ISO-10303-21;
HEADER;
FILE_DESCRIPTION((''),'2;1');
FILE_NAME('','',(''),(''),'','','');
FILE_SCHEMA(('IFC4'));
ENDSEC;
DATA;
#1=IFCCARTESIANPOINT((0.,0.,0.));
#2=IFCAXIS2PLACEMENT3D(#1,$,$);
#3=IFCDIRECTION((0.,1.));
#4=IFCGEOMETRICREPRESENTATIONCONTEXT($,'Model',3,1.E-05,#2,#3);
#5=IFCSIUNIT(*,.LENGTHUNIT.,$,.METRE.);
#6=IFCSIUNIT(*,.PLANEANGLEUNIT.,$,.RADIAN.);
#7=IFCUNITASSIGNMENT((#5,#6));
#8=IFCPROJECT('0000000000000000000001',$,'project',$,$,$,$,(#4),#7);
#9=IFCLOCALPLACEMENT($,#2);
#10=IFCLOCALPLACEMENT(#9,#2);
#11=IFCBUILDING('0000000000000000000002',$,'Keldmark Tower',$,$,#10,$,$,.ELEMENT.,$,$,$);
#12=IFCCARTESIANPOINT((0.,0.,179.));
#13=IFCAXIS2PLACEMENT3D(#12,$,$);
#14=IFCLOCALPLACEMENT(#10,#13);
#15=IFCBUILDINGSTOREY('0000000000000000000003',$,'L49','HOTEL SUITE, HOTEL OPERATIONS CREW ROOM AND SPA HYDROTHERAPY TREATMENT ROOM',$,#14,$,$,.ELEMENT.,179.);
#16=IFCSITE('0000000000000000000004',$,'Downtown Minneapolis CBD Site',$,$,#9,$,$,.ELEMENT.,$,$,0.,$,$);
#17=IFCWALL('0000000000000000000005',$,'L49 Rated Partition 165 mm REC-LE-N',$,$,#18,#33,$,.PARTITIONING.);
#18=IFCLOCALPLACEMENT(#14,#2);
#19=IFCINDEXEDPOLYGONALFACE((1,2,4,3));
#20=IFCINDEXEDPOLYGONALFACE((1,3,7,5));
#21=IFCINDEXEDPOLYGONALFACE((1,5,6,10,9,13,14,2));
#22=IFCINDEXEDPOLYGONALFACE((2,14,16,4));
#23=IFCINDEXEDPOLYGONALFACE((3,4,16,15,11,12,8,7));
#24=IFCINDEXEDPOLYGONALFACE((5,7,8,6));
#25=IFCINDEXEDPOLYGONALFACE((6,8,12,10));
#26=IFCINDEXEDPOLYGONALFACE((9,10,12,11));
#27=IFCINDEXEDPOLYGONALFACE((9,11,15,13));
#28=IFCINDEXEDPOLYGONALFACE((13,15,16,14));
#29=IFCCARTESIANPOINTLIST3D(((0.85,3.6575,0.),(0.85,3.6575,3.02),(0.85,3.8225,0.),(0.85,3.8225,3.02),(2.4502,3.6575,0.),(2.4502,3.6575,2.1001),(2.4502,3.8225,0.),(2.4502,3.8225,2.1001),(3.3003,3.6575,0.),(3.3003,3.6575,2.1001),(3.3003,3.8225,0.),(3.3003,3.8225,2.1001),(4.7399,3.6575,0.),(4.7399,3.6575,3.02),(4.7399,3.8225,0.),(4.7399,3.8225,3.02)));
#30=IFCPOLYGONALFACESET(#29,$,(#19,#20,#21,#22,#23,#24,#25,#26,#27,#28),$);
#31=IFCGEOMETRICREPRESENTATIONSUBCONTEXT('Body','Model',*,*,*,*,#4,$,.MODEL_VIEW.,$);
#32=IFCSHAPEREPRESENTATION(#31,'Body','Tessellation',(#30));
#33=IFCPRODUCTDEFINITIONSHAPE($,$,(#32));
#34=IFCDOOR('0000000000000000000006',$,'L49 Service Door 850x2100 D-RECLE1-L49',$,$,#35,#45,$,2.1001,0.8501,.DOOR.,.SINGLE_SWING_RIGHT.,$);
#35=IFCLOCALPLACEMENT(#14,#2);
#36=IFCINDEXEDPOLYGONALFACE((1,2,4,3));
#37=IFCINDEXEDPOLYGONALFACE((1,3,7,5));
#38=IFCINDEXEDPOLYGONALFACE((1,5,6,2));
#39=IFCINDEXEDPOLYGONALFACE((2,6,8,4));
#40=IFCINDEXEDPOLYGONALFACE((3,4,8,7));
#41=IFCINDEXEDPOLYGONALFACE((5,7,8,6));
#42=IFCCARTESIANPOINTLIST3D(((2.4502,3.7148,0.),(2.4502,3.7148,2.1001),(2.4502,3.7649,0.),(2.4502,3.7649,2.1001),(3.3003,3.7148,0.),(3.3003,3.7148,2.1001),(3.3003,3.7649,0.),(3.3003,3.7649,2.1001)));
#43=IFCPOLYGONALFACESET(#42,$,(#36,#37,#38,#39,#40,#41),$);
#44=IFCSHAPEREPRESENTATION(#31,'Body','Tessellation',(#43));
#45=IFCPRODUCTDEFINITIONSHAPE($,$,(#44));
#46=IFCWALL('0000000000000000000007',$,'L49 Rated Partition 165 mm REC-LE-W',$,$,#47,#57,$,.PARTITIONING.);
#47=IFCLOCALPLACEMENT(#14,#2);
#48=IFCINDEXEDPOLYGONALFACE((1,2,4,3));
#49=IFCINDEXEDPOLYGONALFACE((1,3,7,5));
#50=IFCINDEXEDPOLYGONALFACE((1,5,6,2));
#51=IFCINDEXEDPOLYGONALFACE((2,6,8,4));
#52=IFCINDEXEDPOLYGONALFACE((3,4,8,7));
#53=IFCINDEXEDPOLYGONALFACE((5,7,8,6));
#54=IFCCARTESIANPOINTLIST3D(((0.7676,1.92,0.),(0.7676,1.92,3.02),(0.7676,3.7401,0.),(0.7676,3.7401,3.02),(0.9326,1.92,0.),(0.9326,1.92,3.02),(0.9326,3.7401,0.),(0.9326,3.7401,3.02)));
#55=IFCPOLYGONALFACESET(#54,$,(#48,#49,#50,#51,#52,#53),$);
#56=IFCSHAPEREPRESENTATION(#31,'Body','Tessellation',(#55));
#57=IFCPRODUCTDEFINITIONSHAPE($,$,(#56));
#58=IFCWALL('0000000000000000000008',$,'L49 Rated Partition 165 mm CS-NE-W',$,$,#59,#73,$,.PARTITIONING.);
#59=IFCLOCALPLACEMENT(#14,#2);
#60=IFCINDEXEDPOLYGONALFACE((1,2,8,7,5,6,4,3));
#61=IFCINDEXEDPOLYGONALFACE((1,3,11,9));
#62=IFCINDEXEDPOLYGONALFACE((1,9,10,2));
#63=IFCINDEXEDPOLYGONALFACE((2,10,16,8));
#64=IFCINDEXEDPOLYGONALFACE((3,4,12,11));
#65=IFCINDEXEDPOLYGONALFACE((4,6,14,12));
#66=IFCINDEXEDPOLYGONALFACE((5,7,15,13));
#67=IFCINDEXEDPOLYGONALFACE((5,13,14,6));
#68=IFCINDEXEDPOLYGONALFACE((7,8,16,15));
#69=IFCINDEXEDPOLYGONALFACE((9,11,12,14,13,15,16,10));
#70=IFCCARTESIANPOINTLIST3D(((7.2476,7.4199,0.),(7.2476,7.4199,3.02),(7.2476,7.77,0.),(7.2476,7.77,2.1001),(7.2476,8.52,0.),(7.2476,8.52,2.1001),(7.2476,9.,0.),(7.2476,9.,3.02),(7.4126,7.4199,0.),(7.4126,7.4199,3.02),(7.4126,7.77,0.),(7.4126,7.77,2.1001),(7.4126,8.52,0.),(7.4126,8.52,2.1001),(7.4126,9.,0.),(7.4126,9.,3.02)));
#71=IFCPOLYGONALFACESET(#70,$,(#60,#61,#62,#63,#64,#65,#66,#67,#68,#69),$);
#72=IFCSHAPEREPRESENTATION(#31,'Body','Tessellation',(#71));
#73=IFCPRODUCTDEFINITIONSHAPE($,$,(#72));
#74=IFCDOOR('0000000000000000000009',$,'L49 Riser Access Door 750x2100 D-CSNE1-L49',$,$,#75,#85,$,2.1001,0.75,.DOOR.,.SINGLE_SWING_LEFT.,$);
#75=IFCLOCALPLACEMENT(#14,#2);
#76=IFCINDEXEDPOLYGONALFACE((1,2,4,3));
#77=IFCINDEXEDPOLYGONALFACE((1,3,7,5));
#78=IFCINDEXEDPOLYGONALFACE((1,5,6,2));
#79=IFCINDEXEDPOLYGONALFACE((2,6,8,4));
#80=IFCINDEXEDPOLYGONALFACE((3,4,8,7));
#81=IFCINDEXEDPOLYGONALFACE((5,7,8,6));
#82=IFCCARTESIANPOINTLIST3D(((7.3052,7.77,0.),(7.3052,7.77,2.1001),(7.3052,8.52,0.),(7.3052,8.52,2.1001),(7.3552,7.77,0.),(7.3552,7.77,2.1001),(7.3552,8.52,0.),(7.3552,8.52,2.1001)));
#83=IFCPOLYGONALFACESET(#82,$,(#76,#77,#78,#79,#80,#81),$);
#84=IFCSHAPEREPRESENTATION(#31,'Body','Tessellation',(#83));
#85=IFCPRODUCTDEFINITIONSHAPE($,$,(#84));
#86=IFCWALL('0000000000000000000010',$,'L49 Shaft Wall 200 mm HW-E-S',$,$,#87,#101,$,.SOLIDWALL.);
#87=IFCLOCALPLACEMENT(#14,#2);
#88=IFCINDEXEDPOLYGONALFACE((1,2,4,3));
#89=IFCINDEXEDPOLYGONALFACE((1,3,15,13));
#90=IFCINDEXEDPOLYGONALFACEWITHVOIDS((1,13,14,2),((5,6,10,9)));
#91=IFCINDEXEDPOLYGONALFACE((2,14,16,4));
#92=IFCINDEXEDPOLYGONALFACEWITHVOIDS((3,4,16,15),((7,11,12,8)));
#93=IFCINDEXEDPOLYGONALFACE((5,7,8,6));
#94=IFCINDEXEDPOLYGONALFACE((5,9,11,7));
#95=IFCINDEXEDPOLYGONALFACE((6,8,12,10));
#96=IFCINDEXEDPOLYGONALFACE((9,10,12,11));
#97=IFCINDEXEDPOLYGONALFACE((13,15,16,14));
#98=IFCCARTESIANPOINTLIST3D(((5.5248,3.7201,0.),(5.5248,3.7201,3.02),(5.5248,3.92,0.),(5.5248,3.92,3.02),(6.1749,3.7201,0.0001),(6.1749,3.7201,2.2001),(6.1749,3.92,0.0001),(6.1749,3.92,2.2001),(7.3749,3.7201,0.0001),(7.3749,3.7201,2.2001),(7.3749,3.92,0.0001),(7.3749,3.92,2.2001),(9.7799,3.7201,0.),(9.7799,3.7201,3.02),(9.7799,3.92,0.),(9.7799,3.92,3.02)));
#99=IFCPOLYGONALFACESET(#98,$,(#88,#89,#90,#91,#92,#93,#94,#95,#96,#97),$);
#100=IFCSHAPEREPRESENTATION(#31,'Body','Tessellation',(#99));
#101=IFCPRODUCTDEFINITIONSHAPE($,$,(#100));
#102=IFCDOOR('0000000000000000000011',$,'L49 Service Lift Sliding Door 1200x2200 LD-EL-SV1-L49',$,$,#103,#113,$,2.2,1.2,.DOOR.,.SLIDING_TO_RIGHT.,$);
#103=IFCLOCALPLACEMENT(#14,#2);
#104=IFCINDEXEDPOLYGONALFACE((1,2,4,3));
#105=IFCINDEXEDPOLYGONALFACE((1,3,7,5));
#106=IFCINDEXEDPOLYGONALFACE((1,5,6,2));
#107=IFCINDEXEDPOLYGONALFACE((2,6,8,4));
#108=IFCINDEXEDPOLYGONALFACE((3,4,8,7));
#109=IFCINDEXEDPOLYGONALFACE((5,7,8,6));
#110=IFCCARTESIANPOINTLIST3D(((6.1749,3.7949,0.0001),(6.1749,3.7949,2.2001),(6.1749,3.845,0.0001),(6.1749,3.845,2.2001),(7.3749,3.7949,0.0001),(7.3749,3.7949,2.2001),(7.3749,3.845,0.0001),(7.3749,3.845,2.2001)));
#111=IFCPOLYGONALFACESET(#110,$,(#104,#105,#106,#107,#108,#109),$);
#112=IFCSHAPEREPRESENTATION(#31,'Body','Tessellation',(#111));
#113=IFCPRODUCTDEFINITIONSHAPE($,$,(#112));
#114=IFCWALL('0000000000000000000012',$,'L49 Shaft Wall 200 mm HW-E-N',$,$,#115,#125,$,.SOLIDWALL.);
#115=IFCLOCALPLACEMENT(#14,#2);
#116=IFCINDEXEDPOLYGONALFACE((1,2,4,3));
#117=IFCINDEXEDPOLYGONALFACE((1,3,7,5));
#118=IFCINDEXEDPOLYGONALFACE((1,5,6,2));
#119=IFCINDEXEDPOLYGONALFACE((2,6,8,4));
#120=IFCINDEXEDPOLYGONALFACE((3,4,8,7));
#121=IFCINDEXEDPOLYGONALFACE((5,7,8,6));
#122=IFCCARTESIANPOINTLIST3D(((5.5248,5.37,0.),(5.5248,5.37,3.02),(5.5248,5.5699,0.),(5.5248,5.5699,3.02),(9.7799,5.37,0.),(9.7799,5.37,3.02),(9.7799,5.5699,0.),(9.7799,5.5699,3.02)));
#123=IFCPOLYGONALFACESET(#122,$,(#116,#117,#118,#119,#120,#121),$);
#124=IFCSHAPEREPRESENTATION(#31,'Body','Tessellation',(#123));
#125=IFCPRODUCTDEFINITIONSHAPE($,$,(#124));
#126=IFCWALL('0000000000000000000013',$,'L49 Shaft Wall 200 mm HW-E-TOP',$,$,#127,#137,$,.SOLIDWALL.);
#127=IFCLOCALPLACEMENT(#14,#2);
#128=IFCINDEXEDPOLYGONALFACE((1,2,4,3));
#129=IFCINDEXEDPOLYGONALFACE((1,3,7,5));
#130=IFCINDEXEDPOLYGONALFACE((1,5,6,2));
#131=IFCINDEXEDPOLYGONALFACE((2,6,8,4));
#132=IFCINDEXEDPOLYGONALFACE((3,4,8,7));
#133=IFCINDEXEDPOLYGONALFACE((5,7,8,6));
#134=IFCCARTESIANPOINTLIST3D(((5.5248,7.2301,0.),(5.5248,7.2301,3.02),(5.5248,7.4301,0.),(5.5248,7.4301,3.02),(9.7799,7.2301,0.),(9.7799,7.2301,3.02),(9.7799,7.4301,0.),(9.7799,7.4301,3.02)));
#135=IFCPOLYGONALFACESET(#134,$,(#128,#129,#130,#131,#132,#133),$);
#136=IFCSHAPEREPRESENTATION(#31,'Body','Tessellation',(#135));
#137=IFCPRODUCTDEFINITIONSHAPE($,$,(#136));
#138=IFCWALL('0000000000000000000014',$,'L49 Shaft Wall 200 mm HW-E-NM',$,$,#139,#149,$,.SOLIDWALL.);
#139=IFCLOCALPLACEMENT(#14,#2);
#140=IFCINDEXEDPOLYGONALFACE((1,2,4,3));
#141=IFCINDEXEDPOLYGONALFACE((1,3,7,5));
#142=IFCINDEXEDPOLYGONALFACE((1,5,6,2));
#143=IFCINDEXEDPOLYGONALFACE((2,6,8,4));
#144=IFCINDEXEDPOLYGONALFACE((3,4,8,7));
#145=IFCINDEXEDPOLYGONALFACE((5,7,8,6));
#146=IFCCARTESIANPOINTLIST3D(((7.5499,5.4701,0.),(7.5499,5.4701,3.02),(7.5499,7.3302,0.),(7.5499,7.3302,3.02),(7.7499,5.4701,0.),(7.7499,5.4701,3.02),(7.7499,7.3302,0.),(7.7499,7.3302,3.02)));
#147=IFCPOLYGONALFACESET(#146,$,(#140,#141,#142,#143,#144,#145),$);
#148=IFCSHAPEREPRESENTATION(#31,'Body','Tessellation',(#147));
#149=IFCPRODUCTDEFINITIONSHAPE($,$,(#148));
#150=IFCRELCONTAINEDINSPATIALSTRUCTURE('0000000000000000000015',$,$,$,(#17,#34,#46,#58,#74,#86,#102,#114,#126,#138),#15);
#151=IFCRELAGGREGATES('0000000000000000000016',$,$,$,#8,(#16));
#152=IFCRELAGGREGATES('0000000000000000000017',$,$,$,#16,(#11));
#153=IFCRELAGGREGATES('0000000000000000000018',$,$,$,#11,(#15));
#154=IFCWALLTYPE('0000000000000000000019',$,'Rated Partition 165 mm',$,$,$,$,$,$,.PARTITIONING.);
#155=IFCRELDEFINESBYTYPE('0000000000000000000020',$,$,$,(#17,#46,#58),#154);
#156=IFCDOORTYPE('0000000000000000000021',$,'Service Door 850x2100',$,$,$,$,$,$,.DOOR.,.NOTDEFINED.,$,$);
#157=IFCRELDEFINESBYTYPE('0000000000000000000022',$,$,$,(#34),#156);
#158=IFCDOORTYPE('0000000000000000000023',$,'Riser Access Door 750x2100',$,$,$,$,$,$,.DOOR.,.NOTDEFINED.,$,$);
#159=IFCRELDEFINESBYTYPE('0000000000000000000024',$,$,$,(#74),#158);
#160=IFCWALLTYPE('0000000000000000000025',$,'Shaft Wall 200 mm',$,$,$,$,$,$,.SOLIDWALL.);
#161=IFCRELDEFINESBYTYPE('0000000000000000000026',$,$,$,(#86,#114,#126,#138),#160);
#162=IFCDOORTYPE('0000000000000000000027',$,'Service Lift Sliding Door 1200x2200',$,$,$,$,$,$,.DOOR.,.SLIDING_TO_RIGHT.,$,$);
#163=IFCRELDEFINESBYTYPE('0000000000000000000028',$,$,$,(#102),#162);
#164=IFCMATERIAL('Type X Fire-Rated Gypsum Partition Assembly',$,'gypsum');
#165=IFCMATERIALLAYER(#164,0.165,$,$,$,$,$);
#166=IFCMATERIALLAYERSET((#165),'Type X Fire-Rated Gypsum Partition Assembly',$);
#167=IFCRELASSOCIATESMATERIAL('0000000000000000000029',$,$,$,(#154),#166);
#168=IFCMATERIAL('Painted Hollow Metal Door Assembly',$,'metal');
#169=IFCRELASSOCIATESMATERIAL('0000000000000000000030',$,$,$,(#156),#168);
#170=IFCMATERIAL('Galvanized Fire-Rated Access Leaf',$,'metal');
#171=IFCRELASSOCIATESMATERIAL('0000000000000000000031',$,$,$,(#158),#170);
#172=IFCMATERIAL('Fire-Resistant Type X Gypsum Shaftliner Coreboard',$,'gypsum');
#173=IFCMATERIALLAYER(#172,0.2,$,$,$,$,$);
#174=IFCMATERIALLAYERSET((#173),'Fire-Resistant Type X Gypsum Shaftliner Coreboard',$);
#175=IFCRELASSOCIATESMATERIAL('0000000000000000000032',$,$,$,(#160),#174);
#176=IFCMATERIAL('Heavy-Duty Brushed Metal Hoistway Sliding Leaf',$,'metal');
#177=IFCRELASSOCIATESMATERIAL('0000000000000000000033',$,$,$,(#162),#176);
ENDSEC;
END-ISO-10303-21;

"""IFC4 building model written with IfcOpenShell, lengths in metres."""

from ifc_helpers import new_model, si_unit, direction, frame, frame_2d, origin, place, context, subcontext, project, spatial, rectangle, extrude, material, layer, layer_set, type_object, element, fill, save


model = new_model("IFC4")

# Units and contexts
model_context = context("Model", 3, precision=1e-05, world=origin(), true_north=direction((0.0, 1.0)))
body_context = subcontext(model_context, "Body", "Model", "MODEL_VIEW")
ifc_project = project(units=[si_unit("LENGTHUNIT", "METRE"), si_unit("PLANEANGLEUNIT", "RADIAN")], contexts=[model_context])

# Site, building, storey
site_placement = place(None, origin())
site = spatial("IfcSite", under=ifc_project, at=site_placement, Name="Downtown Minneapolis CBD Site", CompositionType="ELEMENT", RefElevation=0.0)
building_placement = place(site_placement, origin())
building = spatial("IfcBuilding", under=site, at=building_placement, Name="Keldmark Tower", CompositionType="ELEMENT")
storey_placement = place(building_placement, frame((0.0, 0.0, 179.0)))
storey = spatial("IfcBuildingStorey", under=building, at=storey_placement, Name="L49", Description="HOTEL SUITE, HOTEL OPERATIONS CREW ROOM AND SPA HYDROTHERAPY TREATMENT ROOM", CompositionType="ELEMENT", Elevation=179.0)

# Shared definitions
ifc_material_1 = material(Name="Type X Fire-Rated Gypsum Partition Assembly", Category="gypsum")
ifc_layer_1 = layer(ifc_material_1, 0.165)
ifc_layer_set_1 = layer_set([ifc_layer_1], Name="Type X Fire-Rated Gypsum Partition Assembly")
wall_type_1 = type_object("IfcWallType", Name="Rated Partition 165 mm", PredefinedType="PARTITIONING", material=ifc_layer_set_1)

# Wall, opening, door
wall_1_placement = place(storey_placement, frame((0.8501, 3.74, 0.0), z_axis=(0.0, 0.0, 1.0), x_axis=(1.0, 0.0, 0.0)))
wall_1 = element("IfcWall", 1, at=wall_1_placement, inside=storey, type_object=wall_type_1, Name="L49 Rated Partition 165 mm REC-LE-N", PredefinedType="PARTITIONING", context=body_context, shape_type="SweptSolid", body=[
    extrude(rectangle(XDim=3.8899, YDim=0.165, at=frame_2d((1.9448, 0.0))), origin(), (0.0, 0.0, 1.0), 3.02),
])
opening_1_placement = place(wall_1_placement, frame((1.6001, 0.0, 0.0)))
opening_1 = element("IfcOpeningElement", 2, at=opening_1_placement, cuts=wall_1, PredefinedType="OPENING", context=body_context, shape_type="SweptSolid", body=[
    extrude(rectangle(XDim=0.8501, YDim=2.1001, at=frame_2d((0.425, 1.05))), frame((0.0, 0.0925, 0.0), z_axis=(0.0, -1.0, 0.0), x_axis=(1.0, 0.0, 0.0)), (0.0, 0.0, 1.0), 0.1851),
])
ifc_material_2 = material(Name="Painted Hollow Metal Door Assembly", Category="metal")
door_type_1 = type_object("IfcDoorType", Name="Service Door 850x2100", OperationType="NOTDEFINED", PredefinedType="DOOR", material=ifc_material_2)
door_1_placement = place(opening_1_placement, origin())
door_1 = element("IfcDoor", 3, at=door_1_placement, inside=storey, type_object=door_type_1, Name="L49 Service Door 850x2100 D-RECLE1-L49", OperationType="SINGLE_SWING_RIGHT", OverallHeight=2.1001, OverallWidth=0.8501, PredefinedType="DOOR", context=body_context, shape_type="SweptSolid", body=[
    extrude(rectangle(XDim=0.8501, YDim=2.1001, at=frame_2d((0.425, 1.05))), frame((0.0, 0.0249, 0.0), z_axis=(0.0, -1.0, 0.0), x_axis=(1.0, 0.0, 0.0)), (0.0, 0.0, 1.0), 0.05),
])
fill(opening_1, door_1)

# Wall
wall_2_placement = place(storey_placement, frame((0.8501, 1.9199, 0.0), z_axis=(0.0, 0.0, 1.0), x_axis=(0.0, 1.0, 0.0)))
element("IfcWall", 4, at=wall_2_placement, inside=storey, type_object=wall_type_1, Name="L49 Rated Partition 165 mm REC-LE-W", PredefinedType="PARTITIONING", context=body_context, shape_type="SweptSolid", body=[
    extrude(rectangle(XDim=1.8201, YDim=0.165, at=frame_2d((0.9102, 0.0))), origin(), (0.0, 0.0, 1.0), 3.02),
])

# Walls, openings, doors
wall_3_placement = place(storey_placement, frame((7.3301, 7.4199, 0.0), z_axis=(0.0, 0.0, 1.0), x_axis=(0.0, 1.0, 0.0)))
wall_3 = element("IfcWall", 5, at=wall_3_placement, inside=storey, type_object=wall_type_1, Name="L49 Rated Partition 165 mm CS-NE-W", PredefinedType="PARTITIONING", context=body_context, shape_type="SweptSolid", body=[
    extrude(rectangle(XDim=1.5801, YDim=0.165, at=frame_2d((0.79, 0.0))), origin(), (0.0, 0.0, 1.0), 3.02),
])
opening_2_placement = place(wall_3_placement, frame((0.3501, 0.0, 0.0)))
opening_2 = element("IfcOpeningElement", 6, at=opening_2_placement, cuts=wall_3, PredefinedType="OPENING", context=body_context, shape_type="SweptSolid", body=[
    extrude(rectangle(XDim=0.75, YDim=2.1001, at=frame_2d((0.375, 1.05))), frame((0.0, 0.0925, 0.0), z_axis=(0.0, -1.0, 0.0), x_axis=(1.0, 0.0, 0.0)), (0.0, 0.0, 1.0), 0.1851),
])
ifc_material_3 = material(Name="Galvanized Fire-Rated Access Leaf", Category="metal")
door_type_2 = type_object("IfcDoorType", Name="Riser Access Door 750x2100", OperationType="NOTDEFINED", PredefinedType="DOOR", material=ifc_material_3)
door_2_placement = place(opening_2_placement, origin())
door_2 = element("IfcDoor", 7, at=door_2_placement, inside=storey, type_object=door_type_2, Name="L49 Riser Access Door 750x2100 D-CSNE1-L49", OperationType="SINGLE_SWING_LEFT", OverallHeight=2.1001, OverallWidth=0.75, PredefinedType="DOOR", context=body_context, shape_type="SweptSolid", body=[
    extrude(rectangle(XDim=0.75, YDim=2.1001, at=frame_2d((0.375, 1.05))), frame((0.0, 0.0249, 0.0), z_axis=(0.0, -1.0, 0.0), x_axis=(1.0, 0.0, 0.0)), (0.0, 0.0, 1.0), 0.05),
])
fill(opening_2, door_2)
ifc_material_4 = material(Name="Fire-Resistant Type X Gypsum Shaftliner Coreboard", Category="gypsum")
ifc_layer_2 = layer(ifc_material_4, 0.2)
ifc_layer_set_2 = layer_set([ifc_layer_2], Name="Fire-Resistant Type X Gypsum Shaftliner Coreboard")
wall_type_2 = type_object("IfcWallType", Name="Shaft Wall 200 mm", PredefinedType="SOLIDWALL", material=ifc_layer_set_2)
wall_4_placement = place(storey_placement, frame((5.5249, 3.8201, 0.0), z_axis=(0.0, 0.0, 1.0), x_axis=(1.0, 0.0, 0.0)))
wall_4 = element("IfcWall", 8, at=wall_4_placement, inside=storey, type_object=wall_type_2, Name="L49 Shaft Wall 200 mm HW-E-S", PredefinedType="SOLIDWALL", context=body_context, shape_type="SweptSolid", body=[
    extrude(rectangle(XDim=4.2551, YDim=0.2, at=frame_2d((2.1274, 0.0))), origin(), (0.0, 0.0, 1.0), 3.02),
])
opening_3_placement = place(wall_4_placement, frame((0.6499, 0.0, 0.0)))
opening_3 = element("IfcOpeningElement", 9, at=opening_3_placement, cuts=wall_4, PredefinedType="OPENING", context=body_context, shape_type="SweptSolid", body=[
    extrude(rectangle(XDim=1.2, YDim=2.2, at=frame_2d((0.6001, 1.1001))), frame((0.0, 0.1099, 0.0), z_axis=(0.0, -1.0, 0.0), x_axis=(1.0, 0.0, 0.0)), (0.0, 0.0, 1.0), 0.22),
])
ifc_material_5 = material(Name="Heavy-Duty Brushed Metal Hoistway Sliding Leaf", Category="metal")
door_type_3 = type_object("IfcDoorType", Name="Service Lift Sliding Door 1200x2200", OperationType="SLIDING_TO_RIGHT", PredefinedType="DOOR", material=ifc_material_5)
door_3_placement = place(opening_3_placement, origin())
door_3 = element("IfcDoor", 10, at=door_3_placement, inside=storey, type_object=door_type_3, Name="L49 Service Lift Sliding Door 1200x2200 LD-EL-SV1-L49", OperationType="SLIDING_TO_RIGHT", OverallHeight=2.2, OverallWidth=1.2, PredefinedType="DOOR", context=body_context, shape_type="SweptSolid", body=[
    extrude(rectangle(XDim=1.2, YDim=2.2, at=frame_2d((0.6001, 1.1001))), frame((0.0, 0.0249, 0.0), z_axis=(0.0, -1.0, 0.0), x_axis=(1.0, 0.0, 0.0)), (0.0, 0.0, 1.0), 0.05),
])
fill(opening_3, door_3)

# Walls
for number, where, z_axis, x_axis, name in (
    (11, (5.5249, 5.47, 0.0), (0.0, 0.0, 1.0), (1.0, 0.0, 0.0), "L49 Shaft Wall 200 mm HW-E-N"),
    (12, (5.5249, 7.3301, 0.0), (0.0, 0.0, 1.0), (1.0, 0.0, 0.0), "L49 Shaft Wall 200 mm HW-E-TOP"),
):
    element("IfcWall", number, at=place(storey_placement, frame(where, z_axis=z_axis, x_axis=x_axis)), inside=storey, type_object=wall_type_2, Name=name, PredefinedType="SOLIDWALL", context=body_context, shape_type="SweptSolid", body=[
        extrude(rectangle(XDim=4.2551, YDim=0.2, at=frame_2d((2.1274, 0.0))), origin(), (0.0, 0.0, 1.0), 3.02),
    ])
wall_5_placement = place(storey_placement, frame((7.6499, 5.47, 0.0), z_axis=(0.0, 0.0, 1.0), x_axis=(0.0, 1.0, 0.0)))
element("IfcWall", 13, at=wall_5_placement, inside=storey, type_object=wall_type_2, Name="L49 Shaft Wall 200 mm HW-E-NM", PredefinedType="SOLIDWALL", context=body_context, shape_type="SweptSolid", body=[
    extrude(rectangle(XDim=1.8601, YDim=0.2, at=frame_2d((0.9302, 0.0))), origin(), (0.0, 0.0, 1.0), 3.02),
])

save(model, "model.ifc")
